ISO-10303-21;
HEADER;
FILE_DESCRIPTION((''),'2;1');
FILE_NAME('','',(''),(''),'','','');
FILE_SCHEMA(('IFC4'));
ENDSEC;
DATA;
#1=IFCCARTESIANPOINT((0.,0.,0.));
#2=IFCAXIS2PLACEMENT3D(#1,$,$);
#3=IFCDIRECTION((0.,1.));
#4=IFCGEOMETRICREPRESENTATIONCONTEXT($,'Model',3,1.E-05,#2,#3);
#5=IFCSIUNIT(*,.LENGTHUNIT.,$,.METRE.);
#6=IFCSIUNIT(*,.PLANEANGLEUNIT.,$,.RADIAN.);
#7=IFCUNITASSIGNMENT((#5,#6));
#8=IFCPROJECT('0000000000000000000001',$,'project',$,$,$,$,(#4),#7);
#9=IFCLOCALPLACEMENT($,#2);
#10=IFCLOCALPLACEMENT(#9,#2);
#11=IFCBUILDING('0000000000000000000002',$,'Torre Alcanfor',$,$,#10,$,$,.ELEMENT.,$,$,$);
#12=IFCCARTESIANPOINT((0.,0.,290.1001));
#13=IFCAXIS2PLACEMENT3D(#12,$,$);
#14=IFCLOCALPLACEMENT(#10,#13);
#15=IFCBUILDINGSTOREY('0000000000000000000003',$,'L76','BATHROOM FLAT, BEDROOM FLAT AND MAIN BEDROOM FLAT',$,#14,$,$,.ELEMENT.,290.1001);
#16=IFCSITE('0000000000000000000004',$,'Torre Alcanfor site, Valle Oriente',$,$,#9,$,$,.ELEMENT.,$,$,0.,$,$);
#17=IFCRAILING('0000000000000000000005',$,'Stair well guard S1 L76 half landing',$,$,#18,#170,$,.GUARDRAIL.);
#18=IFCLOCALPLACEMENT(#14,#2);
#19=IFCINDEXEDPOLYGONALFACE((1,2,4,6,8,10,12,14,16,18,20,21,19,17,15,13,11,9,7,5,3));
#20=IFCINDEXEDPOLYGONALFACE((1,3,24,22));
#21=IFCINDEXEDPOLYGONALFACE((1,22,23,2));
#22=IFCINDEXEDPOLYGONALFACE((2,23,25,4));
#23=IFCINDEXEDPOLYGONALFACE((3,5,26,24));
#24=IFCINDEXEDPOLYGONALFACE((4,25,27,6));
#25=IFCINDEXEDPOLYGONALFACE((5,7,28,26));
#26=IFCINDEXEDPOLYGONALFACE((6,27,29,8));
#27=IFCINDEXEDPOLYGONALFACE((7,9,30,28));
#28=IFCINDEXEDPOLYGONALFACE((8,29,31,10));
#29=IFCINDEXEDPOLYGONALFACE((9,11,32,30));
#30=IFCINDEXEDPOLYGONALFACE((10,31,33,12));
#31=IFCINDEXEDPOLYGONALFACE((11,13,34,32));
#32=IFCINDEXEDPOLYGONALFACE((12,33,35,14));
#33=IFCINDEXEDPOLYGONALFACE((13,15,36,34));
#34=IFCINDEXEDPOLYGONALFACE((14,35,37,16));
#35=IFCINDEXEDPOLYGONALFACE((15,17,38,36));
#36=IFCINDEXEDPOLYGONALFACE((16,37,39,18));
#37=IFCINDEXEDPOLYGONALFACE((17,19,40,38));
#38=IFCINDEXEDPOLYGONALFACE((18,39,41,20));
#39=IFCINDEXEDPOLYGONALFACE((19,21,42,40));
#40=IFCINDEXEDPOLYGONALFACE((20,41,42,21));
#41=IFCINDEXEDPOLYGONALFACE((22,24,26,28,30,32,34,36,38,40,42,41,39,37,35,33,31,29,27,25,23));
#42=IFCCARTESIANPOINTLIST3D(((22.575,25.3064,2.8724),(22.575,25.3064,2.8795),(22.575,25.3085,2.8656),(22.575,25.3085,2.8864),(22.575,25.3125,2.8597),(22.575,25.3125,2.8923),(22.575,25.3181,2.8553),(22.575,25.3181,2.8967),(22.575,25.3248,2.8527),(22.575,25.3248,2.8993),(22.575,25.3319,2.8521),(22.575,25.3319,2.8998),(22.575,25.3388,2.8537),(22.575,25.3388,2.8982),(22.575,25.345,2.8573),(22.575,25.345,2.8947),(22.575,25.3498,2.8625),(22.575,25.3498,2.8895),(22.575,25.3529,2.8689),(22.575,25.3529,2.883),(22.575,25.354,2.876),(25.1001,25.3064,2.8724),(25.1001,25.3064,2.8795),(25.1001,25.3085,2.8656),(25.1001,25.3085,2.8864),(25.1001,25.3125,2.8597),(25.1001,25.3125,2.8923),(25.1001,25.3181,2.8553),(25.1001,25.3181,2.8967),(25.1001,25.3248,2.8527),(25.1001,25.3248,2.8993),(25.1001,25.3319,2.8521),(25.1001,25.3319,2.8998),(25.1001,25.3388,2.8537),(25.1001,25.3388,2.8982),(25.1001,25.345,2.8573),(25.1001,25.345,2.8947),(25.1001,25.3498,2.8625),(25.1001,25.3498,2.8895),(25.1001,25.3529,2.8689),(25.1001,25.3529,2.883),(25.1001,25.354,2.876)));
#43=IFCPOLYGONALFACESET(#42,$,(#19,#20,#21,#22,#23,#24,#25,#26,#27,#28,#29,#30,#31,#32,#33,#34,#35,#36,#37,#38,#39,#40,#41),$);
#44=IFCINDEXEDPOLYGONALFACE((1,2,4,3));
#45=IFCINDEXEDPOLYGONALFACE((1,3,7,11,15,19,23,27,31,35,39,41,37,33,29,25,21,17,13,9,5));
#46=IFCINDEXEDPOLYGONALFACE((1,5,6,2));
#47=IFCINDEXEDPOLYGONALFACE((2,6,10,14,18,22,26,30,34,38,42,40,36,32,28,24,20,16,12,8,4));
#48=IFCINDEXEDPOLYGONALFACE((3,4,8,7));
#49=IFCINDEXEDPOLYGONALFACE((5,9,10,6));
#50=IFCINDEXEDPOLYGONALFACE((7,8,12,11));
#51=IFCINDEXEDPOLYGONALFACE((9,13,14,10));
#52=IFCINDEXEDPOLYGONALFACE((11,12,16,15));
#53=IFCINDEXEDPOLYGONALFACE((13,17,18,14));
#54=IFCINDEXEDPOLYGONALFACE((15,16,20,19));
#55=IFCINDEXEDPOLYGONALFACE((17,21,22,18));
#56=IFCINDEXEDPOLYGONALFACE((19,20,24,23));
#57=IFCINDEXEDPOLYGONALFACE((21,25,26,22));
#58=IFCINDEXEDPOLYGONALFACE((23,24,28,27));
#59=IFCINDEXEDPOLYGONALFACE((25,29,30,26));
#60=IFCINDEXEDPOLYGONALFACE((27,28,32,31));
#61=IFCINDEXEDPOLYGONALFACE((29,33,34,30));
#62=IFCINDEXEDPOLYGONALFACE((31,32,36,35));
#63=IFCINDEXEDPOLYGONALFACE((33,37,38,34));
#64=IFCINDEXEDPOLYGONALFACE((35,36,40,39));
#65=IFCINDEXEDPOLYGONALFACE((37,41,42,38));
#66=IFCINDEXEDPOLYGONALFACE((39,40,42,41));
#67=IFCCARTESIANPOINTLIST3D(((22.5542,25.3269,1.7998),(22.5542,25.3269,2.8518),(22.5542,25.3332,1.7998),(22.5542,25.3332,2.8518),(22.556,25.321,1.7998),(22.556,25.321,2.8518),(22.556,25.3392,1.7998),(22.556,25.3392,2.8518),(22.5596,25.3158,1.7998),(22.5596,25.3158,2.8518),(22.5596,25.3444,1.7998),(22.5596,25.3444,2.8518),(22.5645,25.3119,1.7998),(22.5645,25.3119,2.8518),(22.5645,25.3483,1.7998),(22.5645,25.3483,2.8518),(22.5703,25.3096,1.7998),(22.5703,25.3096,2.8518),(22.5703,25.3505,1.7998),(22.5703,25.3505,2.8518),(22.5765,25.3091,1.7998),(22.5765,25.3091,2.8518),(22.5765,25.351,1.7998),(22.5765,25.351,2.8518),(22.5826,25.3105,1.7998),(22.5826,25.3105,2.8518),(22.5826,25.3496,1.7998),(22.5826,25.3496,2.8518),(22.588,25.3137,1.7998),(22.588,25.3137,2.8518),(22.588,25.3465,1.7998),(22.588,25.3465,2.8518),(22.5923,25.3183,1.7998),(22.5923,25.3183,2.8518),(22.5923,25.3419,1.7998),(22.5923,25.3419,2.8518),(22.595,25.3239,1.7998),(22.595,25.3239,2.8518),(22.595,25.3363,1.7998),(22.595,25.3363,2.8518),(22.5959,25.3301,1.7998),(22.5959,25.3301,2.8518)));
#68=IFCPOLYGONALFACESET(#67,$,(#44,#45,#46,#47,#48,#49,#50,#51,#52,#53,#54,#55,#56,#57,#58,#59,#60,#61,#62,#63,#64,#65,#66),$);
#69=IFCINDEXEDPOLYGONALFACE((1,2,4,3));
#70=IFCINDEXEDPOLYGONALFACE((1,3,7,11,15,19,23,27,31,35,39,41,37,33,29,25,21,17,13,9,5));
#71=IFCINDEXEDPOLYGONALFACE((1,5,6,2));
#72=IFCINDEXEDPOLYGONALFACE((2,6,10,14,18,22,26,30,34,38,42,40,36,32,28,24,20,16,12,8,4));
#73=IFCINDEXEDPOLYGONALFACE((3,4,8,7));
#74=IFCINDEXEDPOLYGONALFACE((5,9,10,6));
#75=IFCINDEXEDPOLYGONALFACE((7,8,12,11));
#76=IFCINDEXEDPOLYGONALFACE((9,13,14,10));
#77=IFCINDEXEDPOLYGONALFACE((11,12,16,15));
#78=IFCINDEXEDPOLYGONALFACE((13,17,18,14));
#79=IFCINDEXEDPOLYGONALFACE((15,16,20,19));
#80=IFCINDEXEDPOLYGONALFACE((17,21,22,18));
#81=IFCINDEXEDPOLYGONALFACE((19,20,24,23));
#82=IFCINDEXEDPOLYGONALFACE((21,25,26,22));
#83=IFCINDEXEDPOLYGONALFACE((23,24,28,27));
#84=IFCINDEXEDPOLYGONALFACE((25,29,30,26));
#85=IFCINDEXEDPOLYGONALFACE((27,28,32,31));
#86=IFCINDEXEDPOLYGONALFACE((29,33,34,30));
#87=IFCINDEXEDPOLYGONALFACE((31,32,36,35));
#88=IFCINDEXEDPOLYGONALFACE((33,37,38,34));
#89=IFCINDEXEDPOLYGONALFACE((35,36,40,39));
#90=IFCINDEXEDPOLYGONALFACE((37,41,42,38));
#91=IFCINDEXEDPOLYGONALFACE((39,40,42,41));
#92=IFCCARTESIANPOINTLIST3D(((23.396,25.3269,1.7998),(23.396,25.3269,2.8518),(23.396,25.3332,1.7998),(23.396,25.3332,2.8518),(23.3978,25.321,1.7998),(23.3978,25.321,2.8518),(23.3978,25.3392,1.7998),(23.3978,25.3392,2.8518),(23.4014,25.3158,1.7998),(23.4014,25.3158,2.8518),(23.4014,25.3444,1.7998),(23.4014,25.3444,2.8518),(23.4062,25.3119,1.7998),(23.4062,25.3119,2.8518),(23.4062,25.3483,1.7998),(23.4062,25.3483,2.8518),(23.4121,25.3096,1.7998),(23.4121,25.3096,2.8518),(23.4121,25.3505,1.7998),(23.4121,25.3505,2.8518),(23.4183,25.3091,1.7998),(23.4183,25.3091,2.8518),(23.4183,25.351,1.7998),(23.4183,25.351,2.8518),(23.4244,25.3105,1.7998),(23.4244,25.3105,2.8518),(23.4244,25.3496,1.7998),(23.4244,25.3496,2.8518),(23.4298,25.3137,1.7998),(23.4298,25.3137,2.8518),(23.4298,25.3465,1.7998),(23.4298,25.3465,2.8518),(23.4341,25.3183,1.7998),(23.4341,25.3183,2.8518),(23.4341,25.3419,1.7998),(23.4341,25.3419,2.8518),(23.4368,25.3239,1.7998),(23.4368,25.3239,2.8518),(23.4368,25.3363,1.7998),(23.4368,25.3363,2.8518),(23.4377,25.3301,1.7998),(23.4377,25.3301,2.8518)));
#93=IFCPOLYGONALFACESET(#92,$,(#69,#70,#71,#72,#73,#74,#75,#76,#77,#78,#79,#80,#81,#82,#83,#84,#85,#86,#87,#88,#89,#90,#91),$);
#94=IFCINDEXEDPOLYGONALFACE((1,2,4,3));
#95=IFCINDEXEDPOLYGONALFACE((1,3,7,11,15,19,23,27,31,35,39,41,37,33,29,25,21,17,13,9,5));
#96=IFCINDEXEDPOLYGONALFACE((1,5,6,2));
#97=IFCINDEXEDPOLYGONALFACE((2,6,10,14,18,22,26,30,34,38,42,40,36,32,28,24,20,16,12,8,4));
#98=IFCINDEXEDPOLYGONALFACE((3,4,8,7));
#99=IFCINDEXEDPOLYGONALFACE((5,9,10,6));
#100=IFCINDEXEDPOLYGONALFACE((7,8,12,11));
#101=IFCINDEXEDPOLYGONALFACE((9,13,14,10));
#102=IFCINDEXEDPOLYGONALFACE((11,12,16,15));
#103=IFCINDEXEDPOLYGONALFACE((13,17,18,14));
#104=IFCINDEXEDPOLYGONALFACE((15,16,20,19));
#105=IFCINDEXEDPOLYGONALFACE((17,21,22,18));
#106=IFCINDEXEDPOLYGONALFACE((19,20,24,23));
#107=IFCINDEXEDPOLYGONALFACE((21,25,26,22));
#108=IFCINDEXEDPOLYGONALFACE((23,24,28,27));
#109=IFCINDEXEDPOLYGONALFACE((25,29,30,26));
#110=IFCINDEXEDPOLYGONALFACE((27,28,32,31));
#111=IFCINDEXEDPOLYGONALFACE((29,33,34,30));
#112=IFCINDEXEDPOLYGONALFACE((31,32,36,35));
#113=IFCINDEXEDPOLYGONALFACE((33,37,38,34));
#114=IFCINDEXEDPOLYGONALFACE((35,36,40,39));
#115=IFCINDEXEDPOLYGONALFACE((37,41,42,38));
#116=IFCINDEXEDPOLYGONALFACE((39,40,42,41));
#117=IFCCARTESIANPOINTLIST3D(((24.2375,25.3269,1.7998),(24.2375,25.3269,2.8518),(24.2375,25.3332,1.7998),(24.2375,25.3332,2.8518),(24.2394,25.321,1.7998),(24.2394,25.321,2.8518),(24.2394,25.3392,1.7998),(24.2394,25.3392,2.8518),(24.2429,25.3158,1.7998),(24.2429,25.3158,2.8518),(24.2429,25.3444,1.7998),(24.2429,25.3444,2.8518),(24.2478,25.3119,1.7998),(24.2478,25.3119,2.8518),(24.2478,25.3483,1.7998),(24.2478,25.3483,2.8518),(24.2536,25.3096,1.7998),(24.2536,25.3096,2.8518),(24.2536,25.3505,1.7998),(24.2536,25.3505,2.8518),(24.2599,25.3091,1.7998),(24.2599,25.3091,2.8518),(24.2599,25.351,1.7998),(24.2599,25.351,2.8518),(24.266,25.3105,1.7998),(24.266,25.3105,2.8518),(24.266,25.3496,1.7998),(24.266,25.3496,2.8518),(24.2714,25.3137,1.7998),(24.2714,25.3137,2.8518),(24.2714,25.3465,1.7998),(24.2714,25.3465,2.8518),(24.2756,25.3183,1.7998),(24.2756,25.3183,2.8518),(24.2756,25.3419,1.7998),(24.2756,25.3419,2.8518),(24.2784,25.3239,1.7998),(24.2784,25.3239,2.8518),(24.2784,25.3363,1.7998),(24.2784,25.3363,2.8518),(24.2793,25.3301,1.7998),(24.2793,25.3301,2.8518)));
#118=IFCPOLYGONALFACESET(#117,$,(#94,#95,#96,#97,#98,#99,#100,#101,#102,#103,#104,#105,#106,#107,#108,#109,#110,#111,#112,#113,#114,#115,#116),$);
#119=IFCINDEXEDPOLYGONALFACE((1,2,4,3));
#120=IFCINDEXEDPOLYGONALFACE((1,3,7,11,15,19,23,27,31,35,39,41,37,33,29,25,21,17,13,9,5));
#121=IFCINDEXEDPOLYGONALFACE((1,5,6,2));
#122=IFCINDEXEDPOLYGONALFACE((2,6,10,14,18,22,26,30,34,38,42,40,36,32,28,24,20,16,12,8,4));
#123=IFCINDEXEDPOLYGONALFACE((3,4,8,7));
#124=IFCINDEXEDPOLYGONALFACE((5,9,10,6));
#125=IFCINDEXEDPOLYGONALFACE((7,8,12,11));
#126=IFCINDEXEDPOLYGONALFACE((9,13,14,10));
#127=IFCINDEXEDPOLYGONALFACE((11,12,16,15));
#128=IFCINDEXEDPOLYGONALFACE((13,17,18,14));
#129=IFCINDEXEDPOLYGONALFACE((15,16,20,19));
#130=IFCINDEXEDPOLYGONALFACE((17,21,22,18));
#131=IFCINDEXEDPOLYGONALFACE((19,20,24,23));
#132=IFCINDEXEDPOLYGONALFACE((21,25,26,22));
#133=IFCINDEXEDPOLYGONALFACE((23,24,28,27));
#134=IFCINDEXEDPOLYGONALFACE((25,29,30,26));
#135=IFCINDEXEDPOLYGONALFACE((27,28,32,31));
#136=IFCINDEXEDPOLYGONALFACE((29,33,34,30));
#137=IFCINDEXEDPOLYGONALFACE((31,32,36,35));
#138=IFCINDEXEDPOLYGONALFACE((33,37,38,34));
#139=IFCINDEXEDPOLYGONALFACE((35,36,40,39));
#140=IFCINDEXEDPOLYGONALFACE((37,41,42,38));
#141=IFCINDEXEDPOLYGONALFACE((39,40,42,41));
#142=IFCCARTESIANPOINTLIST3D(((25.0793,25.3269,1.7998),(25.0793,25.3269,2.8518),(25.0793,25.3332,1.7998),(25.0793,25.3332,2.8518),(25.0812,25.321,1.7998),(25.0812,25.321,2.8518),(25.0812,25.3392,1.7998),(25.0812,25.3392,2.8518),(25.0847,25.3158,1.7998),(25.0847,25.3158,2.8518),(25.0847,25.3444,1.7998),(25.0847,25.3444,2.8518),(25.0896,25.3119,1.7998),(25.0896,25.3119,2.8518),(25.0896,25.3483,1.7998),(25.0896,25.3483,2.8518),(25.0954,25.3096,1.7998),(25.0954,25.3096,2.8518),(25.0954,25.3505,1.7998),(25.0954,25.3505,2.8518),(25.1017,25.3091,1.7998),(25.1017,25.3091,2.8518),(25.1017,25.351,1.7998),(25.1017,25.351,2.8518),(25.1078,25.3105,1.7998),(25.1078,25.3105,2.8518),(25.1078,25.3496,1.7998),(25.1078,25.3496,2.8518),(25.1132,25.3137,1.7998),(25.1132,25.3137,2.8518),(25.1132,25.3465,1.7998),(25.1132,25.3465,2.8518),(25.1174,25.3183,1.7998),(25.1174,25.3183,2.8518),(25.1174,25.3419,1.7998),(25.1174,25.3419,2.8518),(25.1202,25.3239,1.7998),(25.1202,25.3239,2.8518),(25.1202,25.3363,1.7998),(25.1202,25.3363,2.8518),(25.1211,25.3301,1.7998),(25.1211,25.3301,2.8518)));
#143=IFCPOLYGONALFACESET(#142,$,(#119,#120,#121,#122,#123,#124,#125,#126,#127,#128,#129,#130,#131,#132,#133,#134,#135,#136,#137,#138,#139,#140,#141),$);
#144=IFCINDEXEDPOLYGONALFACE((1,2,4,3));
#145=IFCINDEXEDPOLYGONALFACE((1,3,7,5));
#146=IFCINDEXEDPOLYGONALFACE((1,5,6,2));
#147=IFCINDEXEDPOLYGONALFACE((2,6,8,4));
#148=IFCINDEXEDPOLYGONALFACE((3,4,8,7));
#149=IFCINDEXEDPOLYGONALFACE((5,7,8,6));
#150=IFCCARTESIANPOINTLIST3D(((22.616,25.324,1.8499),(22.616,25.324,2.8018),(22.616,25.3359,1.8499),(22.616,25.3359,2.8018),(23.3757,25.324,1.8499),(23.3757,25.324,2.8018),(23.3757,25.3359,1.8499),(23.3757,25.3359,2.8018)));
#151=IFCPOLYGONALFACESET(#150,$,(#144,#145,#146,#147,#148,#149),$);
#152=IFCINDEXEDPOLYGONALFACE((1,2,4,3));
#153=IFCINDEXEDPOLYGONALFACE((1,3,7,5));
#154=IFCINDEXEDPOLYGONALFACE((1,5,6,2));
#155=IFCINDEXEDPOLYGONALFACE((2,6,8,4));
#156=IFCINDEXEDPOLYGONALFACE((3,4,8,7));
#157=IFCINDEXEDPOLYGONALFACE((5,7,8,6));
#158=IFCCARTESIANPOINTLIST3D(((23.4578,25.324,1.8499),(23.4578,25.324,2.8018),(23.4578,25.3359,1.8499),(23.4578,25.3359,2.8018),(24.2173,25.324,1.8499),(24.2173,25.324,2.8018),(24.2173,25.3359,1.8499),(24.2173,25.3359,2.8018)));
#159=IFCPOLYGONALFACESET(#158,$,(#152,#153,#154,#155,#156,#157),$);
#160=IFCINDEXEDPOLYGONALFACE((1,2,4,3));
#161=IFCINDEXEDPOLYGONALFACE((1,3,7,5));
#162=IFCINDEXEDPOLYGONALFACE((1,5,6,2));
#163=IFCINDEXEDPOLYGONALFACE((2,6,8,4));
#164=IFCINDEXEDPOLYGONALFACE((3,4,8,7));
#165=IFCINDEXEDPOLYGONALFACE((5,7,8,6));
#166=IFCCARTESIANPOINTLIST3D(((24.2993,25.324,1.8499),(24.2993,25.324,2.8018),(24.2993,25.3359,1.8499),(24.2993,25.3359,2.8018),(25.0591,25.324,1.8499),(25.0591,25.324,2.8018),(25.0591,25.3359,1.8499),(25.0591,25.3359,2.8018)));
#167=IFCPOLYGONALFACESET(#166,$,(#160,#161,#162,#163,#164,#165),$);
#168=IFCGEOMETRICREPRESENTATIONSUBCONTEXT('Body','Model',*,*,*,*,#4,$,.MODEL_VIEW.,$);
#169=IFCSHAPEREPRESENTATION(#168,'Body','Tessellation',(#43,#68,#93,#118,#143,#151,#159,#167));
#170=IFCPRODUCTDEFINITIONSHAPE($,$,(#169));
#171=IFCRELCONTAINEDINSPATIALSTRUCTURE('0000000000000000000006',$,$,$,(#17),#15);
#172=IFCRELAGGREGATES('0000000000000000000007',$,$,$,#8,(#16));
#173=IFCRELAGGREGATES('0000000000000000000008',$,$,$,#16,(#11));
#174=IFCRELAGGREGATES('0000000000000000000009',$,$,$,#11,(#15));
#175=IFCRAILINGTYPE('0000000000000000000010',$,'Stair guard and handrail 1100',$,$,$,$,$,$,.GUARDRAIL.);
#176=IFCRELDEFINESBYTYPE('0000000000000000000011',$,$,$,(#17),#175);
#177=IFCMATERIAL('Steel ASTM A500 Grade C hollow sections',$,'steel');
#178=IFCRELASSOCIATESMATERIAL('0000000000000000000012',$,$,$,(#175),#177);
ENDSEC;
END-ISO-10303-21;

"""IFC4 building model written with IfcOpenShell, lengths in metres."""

from ifc_helpers import new_model, si_unit, direction, frame, origin, origin_2d, place, context, subcontext, project, spatial, polyline, circle, outline, extrude, material, type_object, element, save


model = new_model("IFC4")

# Units and contexts
model_context = context("Model", 3, precision=1e-05, world=origin(), true_north=direction((0.0, 1.0)))
body_context = subcontext(model_context, "Body", "Model", "MODEL_VIEW")
ifc_project = project(units=[si_unit("LENGTHUNIT", "METRE"), si_unit("PLANEANGLEUNIT", "RADIAN")], contexts=[model_context])

# Site, building, storey
site_placement = place(None, origin())
site = spatial("IfcSite", under=ifc_project, at=site_placement, Name="Torre Alcanfor site, Valle Oriente", CompositionType="ELEMENT", RefElevation=0.0)
building_placement = place(site_placement, origin())
building = spatial("IfcBuilding", under=site, at=building_placement, Name="Torre Alcanfor", CompositionType="ELEMENT")
storey_placement = place(building_placement, frame((0.0, 0.0, 290.1001)))
storey = spatial("IfcBuildingStorey", under=building, at=storey_placement, Name="L76", Description="BATHROOM FLAT, BEDROOM FLAT AND MAIN BEDROOM FLAT", CompositionType="ELEMENT", Elevation=290.1001)

# Railing
ifc_material_1 = material(Name="Steel ASTM A500 Grade C hollow sections", Category="steel")
railing_type_1 = type_object("IfcRailingType", Name="Stair guard and handrail 1100", PredefinedType="GUARDRAIL", material=ifc_material_1)
railing_1_placement = place(storey_placement, frame((22.575, 25.3301, 1.7998)))
element("IfcRailing", 1, at=railing_1_placement, inside=storey, type_object=railing_type_1, Name="Stair well guard S1 L76 half landing", PredefinedType="GUARDRAIL", context=body_context, shape_type="SweptSolid", body=[
    extrude(circle(Radius=0.0239, at=origin_2d()), frame((0.0, 0.0, 1.0762), z_axis=(1.0, 0.0, 0.0), x_axis=(0.0, 1.0, 0.0)), (0.0, 0.0, 1.0), 2.5251),
    extrude(circle(Radius=0.021, at=origin_2d()), origin(), (0.0, 0.0, 1.0), 1.052),
    extrude(circle(Radius=0.021, at=origin_2d()), frame((0.8418, 0.0, 0.0)), (0.0, 0.0, 1.0), 1.052),
    extrude(circle(Radius=0.021, at=origin_2d()), frame((1.6833, 0.0, 0.0)), (0.0, 0.0, 1.0), 1.052),
    extrude(circle(Radius=0.021, at=origin_2d()), frame((2.5251, 0.0, 0.0)), (0.0, 0.0, 1.0), 1.052),
    extrude(outline(polyline([(0.041, 0.05), (0.8008, 0.05), (0.8008, 1.002), (0.041, 1.002), (0.041, 0.05)])), frame((0.0, 0.0059, 0.0), z_axis=(0.0, -1.0, 0.0), x_axis=(1.0, 0.0, 0.0)), (0.0, 0.0, 1.0), 0.012),
    extrude(outline(polyline([(0.8828, 0.05), (1.6423, 0.05), (1.6423, 1.002), (0.8828, 1.002), (0.8828, 0.05)])), frame((0.0, 0.0059, 0.0), z_axis=(0.0, -1.0, 0.0), x_axis=(1.0, 0.0, 0.0)), (0.0, 0.0, 1.0), 0.012),
    extrude(outline(polyline([(1.7244, 0.05), (2.4841, 0.05), (2.4841, 1.002), (1.7244, 1.002), (1.7244, 0.05)])), frame((0.0, 0.0059, 0.0), z_axis=(0.0, -1.0, 0.0), x_axis=(1.0, 0.0, 0.0)), (0.0, 0.0, 1.0), 0.012),
])

save(model, "model.ifc")
